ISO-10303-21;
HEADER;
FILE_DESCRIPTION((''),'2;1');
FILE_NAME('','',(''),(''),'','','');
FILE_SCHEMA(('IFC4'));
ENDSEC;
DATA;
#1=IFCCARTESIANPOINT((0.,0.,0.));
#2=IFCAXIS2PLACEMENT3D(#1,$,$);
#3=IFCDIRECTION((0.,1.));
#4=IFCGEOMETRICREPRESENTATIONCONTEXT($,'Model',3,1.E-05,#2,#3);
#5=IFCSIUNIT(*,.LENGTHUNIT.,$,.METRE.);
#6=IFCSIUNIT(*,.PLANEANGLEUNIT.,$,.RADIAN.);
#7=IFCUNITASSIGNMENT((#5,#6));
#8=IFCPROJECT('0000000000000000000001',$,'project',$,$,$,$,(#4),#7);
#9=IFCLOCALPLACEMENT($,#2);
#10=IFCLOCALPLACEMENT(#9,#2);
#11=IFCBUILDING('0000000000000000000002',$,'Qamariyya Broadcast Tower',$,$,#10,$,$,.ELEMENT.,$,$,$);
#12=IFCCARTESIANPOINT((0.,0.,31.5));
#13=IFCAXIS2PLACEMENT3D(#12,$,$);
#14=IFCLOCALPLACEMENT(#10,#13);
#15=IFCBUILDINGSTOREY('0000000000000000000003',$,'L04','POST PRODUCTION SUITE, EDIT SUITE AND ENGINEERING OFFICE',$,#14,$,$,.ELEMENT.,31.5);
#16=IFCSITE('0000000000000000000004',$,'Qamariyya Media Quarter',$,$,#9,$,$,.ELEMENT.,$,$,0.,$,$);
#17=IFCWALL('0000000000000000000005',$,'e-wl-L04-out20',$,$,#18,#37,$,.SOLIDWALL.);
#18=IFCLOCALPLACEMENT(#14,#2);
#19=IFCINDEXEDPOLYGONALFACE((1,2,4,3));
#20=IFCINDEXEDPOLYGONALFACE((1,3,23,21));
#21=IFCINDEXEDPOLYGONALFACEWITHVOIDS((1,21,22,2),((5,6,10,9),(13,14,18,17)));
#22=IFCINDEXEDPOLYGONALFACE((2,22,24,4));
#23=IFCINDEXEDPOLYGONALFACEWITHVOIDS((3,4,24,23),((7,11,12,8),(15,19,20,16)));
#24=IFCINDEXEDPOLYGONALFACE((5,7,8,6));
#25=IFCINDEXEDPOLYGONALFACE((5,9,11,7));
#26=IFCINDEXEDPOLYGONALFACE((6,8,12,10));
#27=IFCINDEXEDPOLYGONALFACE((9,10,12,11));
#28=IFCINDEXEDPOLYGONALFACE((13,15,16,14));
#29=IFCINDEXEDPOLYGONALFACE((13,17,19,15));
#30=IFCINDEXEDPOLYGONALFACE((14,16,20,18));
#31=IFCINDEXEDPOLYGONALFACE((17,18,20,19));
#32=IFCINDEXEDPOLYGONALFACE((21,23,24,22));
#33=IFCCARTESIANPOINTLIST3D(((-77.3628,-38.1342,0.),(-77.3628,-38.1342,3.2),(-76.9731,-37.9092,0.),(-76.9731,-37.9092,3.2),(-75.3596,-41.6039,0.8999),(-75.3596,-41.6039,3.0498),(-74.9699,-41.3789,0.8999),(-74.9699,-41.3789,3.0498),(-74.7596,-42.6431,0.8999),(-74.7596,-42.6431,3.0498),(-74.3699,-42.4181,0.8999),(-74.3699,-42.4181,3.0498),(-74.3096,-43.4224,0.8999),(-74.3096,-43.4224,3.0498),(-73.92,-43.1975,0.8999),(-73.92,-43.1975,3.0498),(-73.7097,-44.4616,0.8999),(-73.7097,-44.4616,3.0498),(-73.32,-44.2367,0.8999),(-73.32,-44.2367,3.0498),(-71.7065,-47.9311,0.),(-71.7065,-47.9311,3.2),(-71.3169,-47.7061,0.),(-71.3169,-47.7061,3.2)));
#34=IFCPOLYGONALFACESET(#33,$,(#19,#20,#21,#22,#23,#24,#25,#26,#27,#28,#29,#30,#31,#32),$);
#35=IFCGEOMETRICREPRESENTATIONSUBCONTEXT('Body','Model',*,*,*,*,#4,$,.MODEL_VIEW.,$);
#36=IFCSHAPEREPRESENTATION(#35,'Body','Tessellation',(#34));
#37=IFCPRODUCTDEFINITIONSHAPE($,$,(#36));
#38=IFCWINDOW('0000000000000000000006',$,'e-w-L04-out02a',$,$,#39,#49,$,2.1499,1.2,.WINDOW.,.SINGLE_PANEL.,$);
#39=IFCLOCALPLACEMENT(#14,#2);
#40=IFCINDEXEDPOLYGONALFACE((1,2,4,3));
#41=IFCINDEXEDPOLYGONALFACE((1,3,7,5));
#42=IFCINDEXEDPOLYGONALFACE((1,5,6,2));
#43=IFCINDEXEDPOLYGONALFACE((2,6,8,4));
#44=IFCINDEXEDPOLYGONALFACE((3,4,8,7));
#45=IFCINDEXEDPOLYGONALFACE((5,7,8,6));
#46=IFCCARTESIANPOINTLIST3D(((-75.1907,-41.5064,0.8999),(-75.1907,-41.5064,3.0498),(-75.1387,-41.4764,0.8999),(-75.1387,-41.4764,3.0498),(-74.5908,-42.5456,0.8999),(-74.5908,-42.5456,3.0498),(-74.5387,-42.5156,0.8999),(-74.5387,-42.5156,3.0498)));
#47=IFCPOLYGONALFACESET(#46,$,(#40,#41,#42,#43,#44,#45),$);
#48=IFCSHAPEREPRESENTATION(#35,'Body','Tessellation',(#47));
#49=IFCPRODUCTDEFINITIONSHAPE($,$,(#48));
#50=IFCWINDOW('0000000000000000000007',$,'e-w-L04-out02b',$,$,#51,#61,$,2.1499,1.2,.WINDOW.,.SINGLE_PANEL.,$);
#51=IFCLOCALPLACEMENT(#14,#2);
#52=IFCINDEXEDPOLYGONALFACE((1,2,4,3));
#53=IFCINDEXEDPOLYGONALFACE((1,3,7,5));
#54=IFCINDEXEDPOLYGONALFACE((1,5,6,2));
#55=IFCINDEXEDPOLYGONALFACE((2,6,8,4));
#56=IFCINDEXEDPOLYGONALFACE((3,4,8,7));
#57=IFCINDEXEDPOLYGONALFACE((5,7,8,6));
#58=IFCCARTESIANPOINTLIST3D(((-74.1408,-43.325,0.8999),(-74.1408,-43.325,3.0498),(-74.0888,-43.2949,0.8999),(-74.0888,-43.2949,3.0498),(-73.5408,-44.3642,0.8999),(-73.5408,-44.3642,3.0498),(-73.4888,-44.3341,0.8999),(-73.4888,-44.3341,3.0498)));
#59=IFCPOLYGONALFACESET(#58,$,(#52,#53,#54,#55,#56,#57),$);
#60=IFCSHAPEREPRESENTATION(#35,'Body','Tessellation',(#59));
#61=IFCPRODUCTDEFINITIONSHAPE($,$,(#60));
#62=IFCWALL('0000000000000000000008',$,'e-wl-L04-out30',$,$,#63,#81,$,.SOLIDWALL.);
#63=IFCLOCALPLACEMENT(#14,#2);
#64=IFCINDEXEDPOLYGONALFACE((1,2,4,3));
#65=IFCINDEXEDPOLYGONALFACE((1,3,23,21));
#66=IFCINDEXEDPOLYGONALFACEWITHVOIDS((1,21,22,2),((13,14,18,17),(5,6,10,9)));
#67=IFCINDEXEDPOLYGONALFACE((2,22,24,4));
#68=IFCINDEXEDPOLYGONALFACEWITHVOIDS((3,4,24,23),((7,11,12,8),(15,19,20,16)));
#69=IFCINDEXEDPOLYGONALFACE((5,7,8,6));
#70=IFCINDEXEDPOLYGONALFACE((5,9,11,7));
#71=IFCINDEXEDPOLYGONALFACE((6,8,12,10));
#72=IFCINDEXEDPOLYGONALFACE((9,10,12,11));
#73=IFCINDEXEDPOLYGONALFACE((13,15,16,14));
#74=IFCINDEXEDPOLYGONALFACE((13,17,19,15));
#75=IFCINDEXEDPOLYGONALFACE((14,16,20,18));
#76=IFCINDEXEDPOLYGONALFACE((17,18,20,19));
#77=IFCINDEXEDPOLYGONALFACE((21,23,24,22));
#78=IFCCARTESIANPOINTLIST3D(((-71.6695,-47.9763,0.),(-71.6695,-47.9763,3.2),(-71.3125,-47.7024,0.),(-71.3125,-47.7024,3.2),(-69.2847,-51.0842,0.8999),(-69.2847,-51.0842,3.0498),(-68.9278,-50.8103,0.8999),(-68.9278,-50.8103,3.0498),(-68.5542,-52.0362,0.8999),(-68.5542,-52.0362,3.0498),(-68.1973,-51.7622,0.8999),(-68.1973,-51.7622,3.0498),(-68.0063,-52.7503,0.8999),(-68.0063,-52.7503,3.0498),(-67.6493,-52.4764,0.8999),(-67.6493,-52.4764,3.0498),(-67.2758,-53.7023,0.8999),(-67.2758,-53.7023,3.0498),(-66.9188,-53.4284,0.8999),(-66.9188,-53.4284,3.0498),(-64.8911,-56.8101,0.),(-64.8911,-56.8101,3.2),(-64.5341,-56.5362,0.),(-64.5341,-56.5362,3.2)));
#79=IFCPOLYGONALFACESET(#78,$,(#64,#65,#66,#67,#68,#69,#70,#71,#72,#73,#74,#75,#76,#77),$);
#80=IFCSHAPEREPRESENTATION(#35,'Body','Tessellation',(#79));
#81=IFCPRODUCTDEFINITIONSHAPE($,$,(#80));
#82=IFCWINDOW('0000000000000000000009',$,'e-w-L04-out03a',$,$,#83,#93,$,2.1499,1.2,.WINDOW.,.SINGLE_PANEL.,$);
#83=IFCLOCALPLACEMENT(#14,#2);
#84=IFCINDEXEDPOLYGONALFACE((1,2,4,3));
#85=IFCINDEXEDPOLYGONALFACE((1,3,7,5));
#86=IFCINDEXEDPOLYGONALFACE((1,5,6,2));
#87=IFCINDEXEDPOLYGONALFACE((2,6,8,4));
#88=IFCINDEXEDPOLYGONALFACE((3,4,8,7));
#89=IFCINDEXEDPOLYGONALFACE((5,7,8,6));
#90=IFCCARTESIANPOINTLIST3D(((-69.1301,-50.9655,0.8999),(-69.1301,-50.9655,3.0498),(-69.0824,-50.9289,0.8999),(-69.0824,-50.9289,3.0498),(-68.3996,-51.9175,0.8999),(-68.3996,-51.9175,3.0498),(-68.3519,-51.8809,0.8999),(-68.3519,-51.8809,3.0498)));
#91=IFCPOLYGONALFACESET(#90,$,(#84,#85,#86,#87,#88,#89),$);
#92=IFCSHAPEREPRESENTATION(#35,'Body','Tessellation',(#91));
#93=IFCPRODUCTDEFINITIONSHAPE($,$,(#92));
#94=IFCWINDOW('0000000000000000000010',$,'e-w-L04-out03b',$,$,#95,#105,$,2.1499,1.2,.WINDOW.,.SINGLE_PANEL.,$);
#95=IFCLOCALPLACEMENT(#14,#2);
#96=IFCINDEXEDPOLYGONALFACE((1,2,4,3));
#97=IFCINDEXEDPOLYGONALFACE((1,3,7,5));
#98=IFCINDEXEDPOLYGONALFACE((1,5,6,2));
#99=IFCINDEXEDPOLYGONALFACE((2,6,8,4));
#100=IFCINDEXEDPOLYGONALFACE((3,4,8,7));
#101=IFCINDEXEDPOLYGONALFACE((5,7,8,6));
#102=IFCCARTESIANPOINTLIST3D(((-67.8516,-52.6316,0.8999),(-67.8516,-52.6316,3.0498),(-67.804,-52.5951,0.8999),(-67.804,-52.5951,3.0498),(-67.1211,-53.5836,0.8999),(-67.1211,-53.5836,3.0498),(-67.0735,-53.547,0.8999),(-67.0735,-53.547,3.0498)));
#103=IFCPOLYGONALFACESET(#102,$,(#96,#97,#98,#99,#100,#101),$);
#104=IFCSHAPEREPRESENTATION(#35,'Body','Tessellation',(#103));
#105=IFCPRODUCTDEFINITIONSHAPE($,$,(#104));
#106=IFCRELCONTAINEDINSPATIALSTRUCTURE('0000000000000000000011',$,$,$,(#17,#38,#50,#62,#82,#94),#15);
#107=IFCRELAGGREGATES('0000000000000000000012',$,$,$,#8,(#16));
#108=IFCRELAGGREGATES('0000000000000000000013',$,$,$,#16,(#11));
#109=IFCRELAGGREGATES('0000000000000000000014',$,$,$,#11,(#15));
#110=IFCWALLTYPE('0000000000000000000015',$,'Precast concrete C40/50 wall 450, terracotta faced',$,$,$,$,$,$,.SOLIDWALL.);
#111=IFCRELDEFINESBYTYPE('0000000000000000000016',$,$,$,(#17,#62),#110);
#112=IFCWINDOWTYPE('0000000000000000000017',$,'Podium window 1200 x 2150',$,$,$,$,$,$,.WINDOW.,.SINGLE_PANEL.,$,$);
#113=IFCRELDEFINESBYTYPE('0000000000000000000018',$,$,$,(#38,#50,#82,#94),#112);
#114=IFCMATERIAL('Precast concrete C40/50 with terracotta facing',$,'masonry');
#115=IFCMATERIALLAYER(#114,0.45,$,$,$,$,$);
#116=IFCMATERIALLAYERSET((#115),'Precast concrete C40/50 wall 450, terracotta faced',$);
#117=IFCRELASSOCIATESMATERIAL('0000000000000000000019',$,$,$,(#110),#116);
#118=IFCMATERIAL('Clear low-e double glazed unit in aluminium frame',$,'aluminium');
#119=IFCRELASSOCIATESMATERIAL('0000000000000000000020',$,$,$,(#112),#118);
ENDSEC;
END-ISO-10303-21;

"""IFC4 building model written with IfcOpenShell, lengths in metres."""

from ifc_helpers import new_model, si_unit, direction, frame, frame_2d, origin, place, context, subcontext, project, spatial, rectangle, extrude, material, layer, layer_set, type_object, element, fill, save


model = new_model("IFC4")

# Units and contexts
model_context = context("Model", 3, precision=1e-05, world=origin(), true_north=direction((0.0, 1.0)))
body_context = subcontext(model_context, "Body", "Model", "MODEL_VIEW")
ifc_project = project(units=[si_unit("LENGTHUNIT", "METRE"), si_unit("PLANEANGLEUNIT", "RADIAN")], contexts=[model_context])

# Site, building, storey
site_placement = place(None, origin())
site = spatial("IfcSite", under=ifc_project, at=site_placement, Name="Qamariyya Media Quarter", CompositionType="ELEMENT", RefElevation=0.0)
building_placement = place(site_placement, origin())
building = spatial("IfcBuilding", under=site, at=building_placement, Name="Qamariyya Broadcast Tower", CompositionType="ELEMENT")
storey_placement = place(building_placement, frame((0.0, 0.0, 31.5)))
storey = spatial("IfcBuildingStorey", under=building, at=storey_placement, Name="L04", Description="POST PRODUCTION SUITE, EDIT SUITE AND ENGINEERING OFFICE", CompositionType="ELEMENT", Elevation=31.5)

# Walls, openings, windows
ifc_material_1 = material(Name="Precast concrete C40/50 with terracotta facing", Category="masonry")
ifc_layer_1 = layer(ifc_material_1, 0.45)
ifc_layer_set_1 = layer_set([ifc_layer_1], Name="Precast concrete C40/50 wall 450, terracotta faced")
wall_type_1 = type_object("IfcWallType", Name="Precast concrete C40/50 wall 450, terracotta faced", PredefinedType="SOLIDWALL", material=ifc_layer_set_1)
wall_1_placement = place(storey_placement, frame((-77.168, -38.0217, 0.0), z_axis=(0.0, 0.0, 1.0), x_axis=(0.500001, -0.866025, 0.0)))
wall_1 = element("IfcWall", 1, at=wall_1_placement, inside=storey, type_object=wall_type_1, Name="e-wl-L04-out20", PredefinedType="SOLIDWALL", context=body_context, shape_type="SweptSolid", body=[
    extrude(rectangle(XDim=11.3125, YDim=0.45, at=frame_2d((5.6562, 0.0))), origin(), (0.0, 0.0, 1.0), 3.2),
])
opening_1_placement = place(wall_1_placement, frame((4.0063, 0.0, 0.8999)))
opening_1 = element("IfcOpeningElement", 2, at=opening_1_placement, cuts=wall_1, PredefinedType="OPENING", context=body_context, shape_type="SweptSolid", body=[
    extrude(rectangle(XDim=1.2, YDim=2.1499, at=frame_2d((0.6001, 1.075))), frame((0.0, 0.2349, 0.0), z_axis=(0.0, -1.0, 0.0), x_axis=(1.0, 0.0, 0.0)), (0.0, 0.0, 1.0), 0.47),
])
opening_2_placement = place(wall_1_placement, frame((6.1062, 0.0, 0.8999)))
opening_2 = element("IfcOpeningElement", 3, at=opening_2_placement, cuts=wall_1, PredefinedType="OPENING", context=body_context, shape_type="SweptSolid", body=[
    extrude(rectangle(XDim=1.2, YDim=2.1499, at=frame_2d((0.6001, 1.075))), frame((0.0, 0.2349, 0.0), z_axis=(0.0, -1.0, 0.0), x_axis=(1.0, 0.0, 0.0)), (0.0, 0.0, 1.0), 0.47),
])
ifc_material_2 = material(Name="Clear low-e double glazed unit in aluminium frame", Category="aluminium")
window_type = type_object("IfcWindowType", Name="Podium window 1200 x 2150", PartitioningType="SINGLE_PANEL", PredefinedType="WINDOW", material=ifc_material_2)
window_1_placement = place(opening_1_placement, origin())
window_1 = element("IfcWindow", 4, at=window_1_placement, inside=storey, type_object=window_type, Name="e-w-L04-out02a", OverallHeight=2.1499, OverallWidth=1.2, PartitioningType="SINGLE_PANEL", PredefinedType="WINDOW", context=body_context, shape_type="SweptSolid", body=[
    extrude(rectangle(XDim=1.2, YDim=2.1499, at=frame_2d((0.6001, 1.075))), frame((0.0, 0.03, 0.0), z_axis=(0.0, -1.0, 0.0), x_axis=(1.0, 0.0, 0.0)), (0.0, 0.0, 1.0), 0.0601),
])
fill(opening_1, window_1)
window_2_placement = place(opening_2_placement, origin())
window_2 = element("IfcWindow", 5, at=window_2_placement, inside=storey, type_object=window_type, Name="e-w-L04-out02b", OverallHeight=2.1499, OverallWidth=1.2, PartitioningType="SINGLE_PANEL", PredefinedType="WINDOW", context=body_context, shape_type="SweptSolid", body=[
    extrude(rectangle(XDim=1.2, YDim=2.1499, at=frame_2d((0.6001, 1.075))), frame((0.0, 0.03, 0.0), z_axis=(0.0, -1.0, 0.0), x_axis=(1.0, 0.0, 0.0)), (0.0, 0.0, 1.0), 0.0601),
])
fill(opening_2, window_2)
wall_2_placement = place(storey_placement, frame((-71.491, -47.8394, 0.0), z_axis=(0.0, 0.0, 1.0), x_axis=(0.608759, -0.793355, 0.0)))
wall_2 = element("IfcWall", 6, at=wall_2_placement, inside=storey, type_object=wall_type_1, Name="e-wl-L04-out30", PredefinedType="SOLIDWALL", context=body_context, shape_type="SweptSolid", body=[
    extrude(rectangle(XDim=11.1348, YDim=0.45, at=frame_2d((5.5674, 0.0))), origin(), (0.0, 0.0, 1.0), 3.2),
])
opening_3_placement = place(wall_2_placement, frame((3.9172, 0.0, 0.8999)))
opening_3 = element("IfcOpeningElement", 7, at=opening_3_placement, cuts=wall_2, PredefinedType="OPENING", context=body_context, shape_type="SweptSolid", body=[
    extrude(rectangle(XDim=1.2, YDim=2.1499, at=frame_2d((0.6001, 1.075))), frame((0.0, 0.2349, 0.0), z_axis=(0.0, -1.0, 0.0), x_axis=(1.0, 0.0, 0.0)), (0.0, 0.0, 1.0), 0.47),
])
opening_4_placement = place(wall_2_placement, frame((6.0173, 0.0, 0.8999)))
opening_4 = element("IfcOpeningElement", 8, at=opening_4_placement, cuts=wall_2, PredefinedType="OPENING", context=body_context, shape_type="SweptSolid", body=[
    extrude(rectangle(XDim=1.2, YDim=2.1499, at=frame_2d((0.6001, 1.075))), frame((0.0, 0.2349, 0.0), z_axis=(0.0, -1.0, 0.0), x_axis=(1.0, 0.0, 0.0)), (0.0, 0.0, 1.0), 0.47),
])
window_3_placement = place(opening_3_placement, origin())
window_3 = element("IfcWindow", 9, at=window_3_placement, inside=storey, type_object=window_type, Name="e-w-L04-out03a", OverallHeight=2.1499, OverallWidth=1.2, PartitioningType="SINGLE_PANEL", PredefinedType="WINDOW", context=body_context, shape_type="SweptSolid", body=[
    extrude(rectangle(XDim=1.2, YDim=2.1499, at=frame_2d((0.6001, 1.075))), frame((0.0, 0.03, 0.0), z_axis=(0.0, -1.0, 0.0), x_axis=(1.0, 0.0, 0.0)), (0.0, 0.0, 1.0), 0.0601),
])
fill(opening_3, window_3)
window_4_placement = place(opening_4_placement, origin())
window_4 = element("IfcWindow", 10, at=window_4_placement, inside=storey, type_object=window_type, Name="e-w-L04-out03b", OverallHeight=2.1499, OverallWidth=1.2, PartitioningType="SINGLE_PANEL", PredefinedType="WINDOW", context=body_context, shape_type="SweptSolid", body=[
    extrude(rectangle(XDim=1.2, YDim=2.1499, at=frame_2d((0.6001, 1.075))), frame((0.0, 0.03, 0.0), z_axis=(0.0, -1.0, 0.0), x_axis=(1.0, 0.0, 0.0)), (0.0, 0.0, 1.0), 0.0601),
])
fill(opening_4, window_4)

save(model, "model.ifc")
